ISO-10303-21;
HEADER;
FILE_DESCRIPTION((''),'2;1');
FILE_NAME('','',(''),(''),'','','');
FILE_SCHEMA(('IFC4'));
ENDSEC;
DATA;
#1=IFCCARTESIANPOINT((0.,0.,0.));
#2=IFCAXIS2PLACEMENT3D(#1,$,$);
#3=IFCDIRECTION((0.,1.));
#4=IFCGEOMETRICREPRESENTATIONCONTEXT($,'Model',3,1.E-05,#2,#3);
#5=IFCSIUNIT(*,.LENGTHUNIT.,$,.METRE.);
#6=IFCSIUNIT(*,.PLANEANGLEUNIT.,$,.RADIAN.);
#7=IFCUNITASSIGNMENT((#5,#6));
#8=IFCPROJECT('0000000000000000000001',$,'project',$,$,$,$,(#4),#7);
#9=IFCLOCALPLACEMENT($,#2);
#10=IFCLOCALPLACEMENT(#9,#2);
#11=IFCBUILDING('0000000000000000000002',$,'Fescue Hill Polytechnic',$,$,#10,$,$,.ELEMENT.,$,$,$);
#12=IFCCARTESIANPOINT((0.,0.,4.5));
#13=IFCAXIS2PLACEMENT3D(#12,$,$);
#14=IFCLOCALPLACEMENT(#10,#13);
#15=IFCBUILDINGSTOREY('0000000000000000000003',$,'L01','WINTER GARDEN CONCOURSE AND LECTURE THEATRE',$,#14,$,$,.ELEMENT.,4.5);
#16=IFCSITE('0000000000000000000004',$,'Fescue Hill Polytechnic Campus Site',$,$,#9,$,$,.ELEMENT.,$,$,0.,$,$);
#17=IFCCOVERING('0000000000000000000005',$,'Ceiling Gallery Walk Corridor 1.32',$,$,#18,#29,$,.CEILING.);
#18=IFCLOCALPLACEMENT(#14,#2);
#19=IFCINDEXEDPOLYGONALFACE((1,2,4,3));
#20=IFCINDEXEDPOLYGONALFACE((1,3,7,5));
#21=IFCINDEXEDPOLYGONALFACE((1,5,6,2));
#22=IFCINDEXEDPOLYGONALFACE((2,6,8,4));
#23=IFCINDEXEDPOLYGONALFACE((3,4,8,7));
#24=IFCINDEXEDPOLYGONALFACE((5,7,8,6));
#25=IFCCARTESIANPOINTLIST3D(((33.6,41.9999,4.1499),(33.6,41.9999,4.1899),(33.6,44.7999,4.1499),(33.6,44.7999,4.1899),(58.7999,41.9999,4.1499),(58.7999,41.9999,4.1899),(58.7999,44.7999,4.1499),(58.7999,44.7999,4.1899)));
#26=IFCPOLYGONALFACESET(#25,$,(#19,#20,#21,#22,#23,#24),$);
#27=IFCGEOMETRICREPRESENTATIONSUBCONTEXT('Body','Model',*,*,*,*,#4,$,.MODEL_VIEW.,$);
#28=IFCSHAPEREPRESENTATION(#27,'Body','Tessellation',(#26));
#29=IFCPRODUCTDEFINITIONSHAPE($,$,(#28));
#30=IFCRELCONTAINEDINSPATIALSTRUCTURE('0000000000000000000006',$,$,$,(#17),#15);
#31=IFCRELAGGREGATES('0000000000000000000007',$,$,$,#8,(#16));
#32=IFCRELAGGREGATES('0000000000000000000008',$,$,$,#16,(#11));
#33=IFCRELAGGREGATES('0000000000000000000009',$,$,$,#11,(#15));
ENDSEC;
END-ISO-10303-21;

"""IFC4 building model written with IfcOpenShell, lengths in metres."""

from ifc_helpers import new_model, si_unit, direction, frame, origin, origin_2d, place, context, subcontext, project, spatial, rectangle, extrude, element, save


model = new_model("IFC4")

# Units and contexts
model_context = context("Model", 3, precision=1e-05, world=origin(), true_north=direction((0.0, 1.0)))
body_context = subcontext(model_context, "Body", "Model", "MODEL_VIEW")
ifc_project = project(units=[si_unit("LENGTHUNIT", "METRE"), si_unit("PLANEANGLEUNIT", "RADIAN")], contexts=[model_context])

# Site, building, storey
site_placement = place(None, origin())
site = spatial("IfcSite", under=ifc_project, at=site_placement, Name="Fescue Hill Polytechnic Campus Site", CompositionType="ELEMENT", RefElevation=0.0)
building_placement = place(site_placement, origin())
building = spatial("IfcBuilding", under=site, at=building_placement, Name="Fescue Hill Polytechnic", CompositionType="ELEMENT")
storey_placement = place(building_placement, frame((0.0, 0.0, 4.5)))
storey = spatial("IfcBuildingStorey", under=building, at=storey_placement, Name="L01", Description="WINTER GARDEN CONCOURSE AND LECTURE THEATRE", CompositionType="ELEMENT", Elevation=4.5)

# Covering
covering_placement = place(storey_placement, frame((46.2, 43.3999, 4.1499), z_axis=(0.0, 0.0, 1.0), x_axis=(1.0, 0.0, 0.0)))
element("IfcCovering", 1, at=covering_placement, inside=storey, Name="Ceiling Gallery Walk Corridor 1.32", PredefinedType="CEILING", context=body_context, shape_type="SweptSolid", body=[
    extrude(rectangle(XDim=25.2, YDim=2.8, at=origin_2d()), origin(), (0.0, 0.0, 1.0), 0.04),
])

save(model, "model.ifc")
